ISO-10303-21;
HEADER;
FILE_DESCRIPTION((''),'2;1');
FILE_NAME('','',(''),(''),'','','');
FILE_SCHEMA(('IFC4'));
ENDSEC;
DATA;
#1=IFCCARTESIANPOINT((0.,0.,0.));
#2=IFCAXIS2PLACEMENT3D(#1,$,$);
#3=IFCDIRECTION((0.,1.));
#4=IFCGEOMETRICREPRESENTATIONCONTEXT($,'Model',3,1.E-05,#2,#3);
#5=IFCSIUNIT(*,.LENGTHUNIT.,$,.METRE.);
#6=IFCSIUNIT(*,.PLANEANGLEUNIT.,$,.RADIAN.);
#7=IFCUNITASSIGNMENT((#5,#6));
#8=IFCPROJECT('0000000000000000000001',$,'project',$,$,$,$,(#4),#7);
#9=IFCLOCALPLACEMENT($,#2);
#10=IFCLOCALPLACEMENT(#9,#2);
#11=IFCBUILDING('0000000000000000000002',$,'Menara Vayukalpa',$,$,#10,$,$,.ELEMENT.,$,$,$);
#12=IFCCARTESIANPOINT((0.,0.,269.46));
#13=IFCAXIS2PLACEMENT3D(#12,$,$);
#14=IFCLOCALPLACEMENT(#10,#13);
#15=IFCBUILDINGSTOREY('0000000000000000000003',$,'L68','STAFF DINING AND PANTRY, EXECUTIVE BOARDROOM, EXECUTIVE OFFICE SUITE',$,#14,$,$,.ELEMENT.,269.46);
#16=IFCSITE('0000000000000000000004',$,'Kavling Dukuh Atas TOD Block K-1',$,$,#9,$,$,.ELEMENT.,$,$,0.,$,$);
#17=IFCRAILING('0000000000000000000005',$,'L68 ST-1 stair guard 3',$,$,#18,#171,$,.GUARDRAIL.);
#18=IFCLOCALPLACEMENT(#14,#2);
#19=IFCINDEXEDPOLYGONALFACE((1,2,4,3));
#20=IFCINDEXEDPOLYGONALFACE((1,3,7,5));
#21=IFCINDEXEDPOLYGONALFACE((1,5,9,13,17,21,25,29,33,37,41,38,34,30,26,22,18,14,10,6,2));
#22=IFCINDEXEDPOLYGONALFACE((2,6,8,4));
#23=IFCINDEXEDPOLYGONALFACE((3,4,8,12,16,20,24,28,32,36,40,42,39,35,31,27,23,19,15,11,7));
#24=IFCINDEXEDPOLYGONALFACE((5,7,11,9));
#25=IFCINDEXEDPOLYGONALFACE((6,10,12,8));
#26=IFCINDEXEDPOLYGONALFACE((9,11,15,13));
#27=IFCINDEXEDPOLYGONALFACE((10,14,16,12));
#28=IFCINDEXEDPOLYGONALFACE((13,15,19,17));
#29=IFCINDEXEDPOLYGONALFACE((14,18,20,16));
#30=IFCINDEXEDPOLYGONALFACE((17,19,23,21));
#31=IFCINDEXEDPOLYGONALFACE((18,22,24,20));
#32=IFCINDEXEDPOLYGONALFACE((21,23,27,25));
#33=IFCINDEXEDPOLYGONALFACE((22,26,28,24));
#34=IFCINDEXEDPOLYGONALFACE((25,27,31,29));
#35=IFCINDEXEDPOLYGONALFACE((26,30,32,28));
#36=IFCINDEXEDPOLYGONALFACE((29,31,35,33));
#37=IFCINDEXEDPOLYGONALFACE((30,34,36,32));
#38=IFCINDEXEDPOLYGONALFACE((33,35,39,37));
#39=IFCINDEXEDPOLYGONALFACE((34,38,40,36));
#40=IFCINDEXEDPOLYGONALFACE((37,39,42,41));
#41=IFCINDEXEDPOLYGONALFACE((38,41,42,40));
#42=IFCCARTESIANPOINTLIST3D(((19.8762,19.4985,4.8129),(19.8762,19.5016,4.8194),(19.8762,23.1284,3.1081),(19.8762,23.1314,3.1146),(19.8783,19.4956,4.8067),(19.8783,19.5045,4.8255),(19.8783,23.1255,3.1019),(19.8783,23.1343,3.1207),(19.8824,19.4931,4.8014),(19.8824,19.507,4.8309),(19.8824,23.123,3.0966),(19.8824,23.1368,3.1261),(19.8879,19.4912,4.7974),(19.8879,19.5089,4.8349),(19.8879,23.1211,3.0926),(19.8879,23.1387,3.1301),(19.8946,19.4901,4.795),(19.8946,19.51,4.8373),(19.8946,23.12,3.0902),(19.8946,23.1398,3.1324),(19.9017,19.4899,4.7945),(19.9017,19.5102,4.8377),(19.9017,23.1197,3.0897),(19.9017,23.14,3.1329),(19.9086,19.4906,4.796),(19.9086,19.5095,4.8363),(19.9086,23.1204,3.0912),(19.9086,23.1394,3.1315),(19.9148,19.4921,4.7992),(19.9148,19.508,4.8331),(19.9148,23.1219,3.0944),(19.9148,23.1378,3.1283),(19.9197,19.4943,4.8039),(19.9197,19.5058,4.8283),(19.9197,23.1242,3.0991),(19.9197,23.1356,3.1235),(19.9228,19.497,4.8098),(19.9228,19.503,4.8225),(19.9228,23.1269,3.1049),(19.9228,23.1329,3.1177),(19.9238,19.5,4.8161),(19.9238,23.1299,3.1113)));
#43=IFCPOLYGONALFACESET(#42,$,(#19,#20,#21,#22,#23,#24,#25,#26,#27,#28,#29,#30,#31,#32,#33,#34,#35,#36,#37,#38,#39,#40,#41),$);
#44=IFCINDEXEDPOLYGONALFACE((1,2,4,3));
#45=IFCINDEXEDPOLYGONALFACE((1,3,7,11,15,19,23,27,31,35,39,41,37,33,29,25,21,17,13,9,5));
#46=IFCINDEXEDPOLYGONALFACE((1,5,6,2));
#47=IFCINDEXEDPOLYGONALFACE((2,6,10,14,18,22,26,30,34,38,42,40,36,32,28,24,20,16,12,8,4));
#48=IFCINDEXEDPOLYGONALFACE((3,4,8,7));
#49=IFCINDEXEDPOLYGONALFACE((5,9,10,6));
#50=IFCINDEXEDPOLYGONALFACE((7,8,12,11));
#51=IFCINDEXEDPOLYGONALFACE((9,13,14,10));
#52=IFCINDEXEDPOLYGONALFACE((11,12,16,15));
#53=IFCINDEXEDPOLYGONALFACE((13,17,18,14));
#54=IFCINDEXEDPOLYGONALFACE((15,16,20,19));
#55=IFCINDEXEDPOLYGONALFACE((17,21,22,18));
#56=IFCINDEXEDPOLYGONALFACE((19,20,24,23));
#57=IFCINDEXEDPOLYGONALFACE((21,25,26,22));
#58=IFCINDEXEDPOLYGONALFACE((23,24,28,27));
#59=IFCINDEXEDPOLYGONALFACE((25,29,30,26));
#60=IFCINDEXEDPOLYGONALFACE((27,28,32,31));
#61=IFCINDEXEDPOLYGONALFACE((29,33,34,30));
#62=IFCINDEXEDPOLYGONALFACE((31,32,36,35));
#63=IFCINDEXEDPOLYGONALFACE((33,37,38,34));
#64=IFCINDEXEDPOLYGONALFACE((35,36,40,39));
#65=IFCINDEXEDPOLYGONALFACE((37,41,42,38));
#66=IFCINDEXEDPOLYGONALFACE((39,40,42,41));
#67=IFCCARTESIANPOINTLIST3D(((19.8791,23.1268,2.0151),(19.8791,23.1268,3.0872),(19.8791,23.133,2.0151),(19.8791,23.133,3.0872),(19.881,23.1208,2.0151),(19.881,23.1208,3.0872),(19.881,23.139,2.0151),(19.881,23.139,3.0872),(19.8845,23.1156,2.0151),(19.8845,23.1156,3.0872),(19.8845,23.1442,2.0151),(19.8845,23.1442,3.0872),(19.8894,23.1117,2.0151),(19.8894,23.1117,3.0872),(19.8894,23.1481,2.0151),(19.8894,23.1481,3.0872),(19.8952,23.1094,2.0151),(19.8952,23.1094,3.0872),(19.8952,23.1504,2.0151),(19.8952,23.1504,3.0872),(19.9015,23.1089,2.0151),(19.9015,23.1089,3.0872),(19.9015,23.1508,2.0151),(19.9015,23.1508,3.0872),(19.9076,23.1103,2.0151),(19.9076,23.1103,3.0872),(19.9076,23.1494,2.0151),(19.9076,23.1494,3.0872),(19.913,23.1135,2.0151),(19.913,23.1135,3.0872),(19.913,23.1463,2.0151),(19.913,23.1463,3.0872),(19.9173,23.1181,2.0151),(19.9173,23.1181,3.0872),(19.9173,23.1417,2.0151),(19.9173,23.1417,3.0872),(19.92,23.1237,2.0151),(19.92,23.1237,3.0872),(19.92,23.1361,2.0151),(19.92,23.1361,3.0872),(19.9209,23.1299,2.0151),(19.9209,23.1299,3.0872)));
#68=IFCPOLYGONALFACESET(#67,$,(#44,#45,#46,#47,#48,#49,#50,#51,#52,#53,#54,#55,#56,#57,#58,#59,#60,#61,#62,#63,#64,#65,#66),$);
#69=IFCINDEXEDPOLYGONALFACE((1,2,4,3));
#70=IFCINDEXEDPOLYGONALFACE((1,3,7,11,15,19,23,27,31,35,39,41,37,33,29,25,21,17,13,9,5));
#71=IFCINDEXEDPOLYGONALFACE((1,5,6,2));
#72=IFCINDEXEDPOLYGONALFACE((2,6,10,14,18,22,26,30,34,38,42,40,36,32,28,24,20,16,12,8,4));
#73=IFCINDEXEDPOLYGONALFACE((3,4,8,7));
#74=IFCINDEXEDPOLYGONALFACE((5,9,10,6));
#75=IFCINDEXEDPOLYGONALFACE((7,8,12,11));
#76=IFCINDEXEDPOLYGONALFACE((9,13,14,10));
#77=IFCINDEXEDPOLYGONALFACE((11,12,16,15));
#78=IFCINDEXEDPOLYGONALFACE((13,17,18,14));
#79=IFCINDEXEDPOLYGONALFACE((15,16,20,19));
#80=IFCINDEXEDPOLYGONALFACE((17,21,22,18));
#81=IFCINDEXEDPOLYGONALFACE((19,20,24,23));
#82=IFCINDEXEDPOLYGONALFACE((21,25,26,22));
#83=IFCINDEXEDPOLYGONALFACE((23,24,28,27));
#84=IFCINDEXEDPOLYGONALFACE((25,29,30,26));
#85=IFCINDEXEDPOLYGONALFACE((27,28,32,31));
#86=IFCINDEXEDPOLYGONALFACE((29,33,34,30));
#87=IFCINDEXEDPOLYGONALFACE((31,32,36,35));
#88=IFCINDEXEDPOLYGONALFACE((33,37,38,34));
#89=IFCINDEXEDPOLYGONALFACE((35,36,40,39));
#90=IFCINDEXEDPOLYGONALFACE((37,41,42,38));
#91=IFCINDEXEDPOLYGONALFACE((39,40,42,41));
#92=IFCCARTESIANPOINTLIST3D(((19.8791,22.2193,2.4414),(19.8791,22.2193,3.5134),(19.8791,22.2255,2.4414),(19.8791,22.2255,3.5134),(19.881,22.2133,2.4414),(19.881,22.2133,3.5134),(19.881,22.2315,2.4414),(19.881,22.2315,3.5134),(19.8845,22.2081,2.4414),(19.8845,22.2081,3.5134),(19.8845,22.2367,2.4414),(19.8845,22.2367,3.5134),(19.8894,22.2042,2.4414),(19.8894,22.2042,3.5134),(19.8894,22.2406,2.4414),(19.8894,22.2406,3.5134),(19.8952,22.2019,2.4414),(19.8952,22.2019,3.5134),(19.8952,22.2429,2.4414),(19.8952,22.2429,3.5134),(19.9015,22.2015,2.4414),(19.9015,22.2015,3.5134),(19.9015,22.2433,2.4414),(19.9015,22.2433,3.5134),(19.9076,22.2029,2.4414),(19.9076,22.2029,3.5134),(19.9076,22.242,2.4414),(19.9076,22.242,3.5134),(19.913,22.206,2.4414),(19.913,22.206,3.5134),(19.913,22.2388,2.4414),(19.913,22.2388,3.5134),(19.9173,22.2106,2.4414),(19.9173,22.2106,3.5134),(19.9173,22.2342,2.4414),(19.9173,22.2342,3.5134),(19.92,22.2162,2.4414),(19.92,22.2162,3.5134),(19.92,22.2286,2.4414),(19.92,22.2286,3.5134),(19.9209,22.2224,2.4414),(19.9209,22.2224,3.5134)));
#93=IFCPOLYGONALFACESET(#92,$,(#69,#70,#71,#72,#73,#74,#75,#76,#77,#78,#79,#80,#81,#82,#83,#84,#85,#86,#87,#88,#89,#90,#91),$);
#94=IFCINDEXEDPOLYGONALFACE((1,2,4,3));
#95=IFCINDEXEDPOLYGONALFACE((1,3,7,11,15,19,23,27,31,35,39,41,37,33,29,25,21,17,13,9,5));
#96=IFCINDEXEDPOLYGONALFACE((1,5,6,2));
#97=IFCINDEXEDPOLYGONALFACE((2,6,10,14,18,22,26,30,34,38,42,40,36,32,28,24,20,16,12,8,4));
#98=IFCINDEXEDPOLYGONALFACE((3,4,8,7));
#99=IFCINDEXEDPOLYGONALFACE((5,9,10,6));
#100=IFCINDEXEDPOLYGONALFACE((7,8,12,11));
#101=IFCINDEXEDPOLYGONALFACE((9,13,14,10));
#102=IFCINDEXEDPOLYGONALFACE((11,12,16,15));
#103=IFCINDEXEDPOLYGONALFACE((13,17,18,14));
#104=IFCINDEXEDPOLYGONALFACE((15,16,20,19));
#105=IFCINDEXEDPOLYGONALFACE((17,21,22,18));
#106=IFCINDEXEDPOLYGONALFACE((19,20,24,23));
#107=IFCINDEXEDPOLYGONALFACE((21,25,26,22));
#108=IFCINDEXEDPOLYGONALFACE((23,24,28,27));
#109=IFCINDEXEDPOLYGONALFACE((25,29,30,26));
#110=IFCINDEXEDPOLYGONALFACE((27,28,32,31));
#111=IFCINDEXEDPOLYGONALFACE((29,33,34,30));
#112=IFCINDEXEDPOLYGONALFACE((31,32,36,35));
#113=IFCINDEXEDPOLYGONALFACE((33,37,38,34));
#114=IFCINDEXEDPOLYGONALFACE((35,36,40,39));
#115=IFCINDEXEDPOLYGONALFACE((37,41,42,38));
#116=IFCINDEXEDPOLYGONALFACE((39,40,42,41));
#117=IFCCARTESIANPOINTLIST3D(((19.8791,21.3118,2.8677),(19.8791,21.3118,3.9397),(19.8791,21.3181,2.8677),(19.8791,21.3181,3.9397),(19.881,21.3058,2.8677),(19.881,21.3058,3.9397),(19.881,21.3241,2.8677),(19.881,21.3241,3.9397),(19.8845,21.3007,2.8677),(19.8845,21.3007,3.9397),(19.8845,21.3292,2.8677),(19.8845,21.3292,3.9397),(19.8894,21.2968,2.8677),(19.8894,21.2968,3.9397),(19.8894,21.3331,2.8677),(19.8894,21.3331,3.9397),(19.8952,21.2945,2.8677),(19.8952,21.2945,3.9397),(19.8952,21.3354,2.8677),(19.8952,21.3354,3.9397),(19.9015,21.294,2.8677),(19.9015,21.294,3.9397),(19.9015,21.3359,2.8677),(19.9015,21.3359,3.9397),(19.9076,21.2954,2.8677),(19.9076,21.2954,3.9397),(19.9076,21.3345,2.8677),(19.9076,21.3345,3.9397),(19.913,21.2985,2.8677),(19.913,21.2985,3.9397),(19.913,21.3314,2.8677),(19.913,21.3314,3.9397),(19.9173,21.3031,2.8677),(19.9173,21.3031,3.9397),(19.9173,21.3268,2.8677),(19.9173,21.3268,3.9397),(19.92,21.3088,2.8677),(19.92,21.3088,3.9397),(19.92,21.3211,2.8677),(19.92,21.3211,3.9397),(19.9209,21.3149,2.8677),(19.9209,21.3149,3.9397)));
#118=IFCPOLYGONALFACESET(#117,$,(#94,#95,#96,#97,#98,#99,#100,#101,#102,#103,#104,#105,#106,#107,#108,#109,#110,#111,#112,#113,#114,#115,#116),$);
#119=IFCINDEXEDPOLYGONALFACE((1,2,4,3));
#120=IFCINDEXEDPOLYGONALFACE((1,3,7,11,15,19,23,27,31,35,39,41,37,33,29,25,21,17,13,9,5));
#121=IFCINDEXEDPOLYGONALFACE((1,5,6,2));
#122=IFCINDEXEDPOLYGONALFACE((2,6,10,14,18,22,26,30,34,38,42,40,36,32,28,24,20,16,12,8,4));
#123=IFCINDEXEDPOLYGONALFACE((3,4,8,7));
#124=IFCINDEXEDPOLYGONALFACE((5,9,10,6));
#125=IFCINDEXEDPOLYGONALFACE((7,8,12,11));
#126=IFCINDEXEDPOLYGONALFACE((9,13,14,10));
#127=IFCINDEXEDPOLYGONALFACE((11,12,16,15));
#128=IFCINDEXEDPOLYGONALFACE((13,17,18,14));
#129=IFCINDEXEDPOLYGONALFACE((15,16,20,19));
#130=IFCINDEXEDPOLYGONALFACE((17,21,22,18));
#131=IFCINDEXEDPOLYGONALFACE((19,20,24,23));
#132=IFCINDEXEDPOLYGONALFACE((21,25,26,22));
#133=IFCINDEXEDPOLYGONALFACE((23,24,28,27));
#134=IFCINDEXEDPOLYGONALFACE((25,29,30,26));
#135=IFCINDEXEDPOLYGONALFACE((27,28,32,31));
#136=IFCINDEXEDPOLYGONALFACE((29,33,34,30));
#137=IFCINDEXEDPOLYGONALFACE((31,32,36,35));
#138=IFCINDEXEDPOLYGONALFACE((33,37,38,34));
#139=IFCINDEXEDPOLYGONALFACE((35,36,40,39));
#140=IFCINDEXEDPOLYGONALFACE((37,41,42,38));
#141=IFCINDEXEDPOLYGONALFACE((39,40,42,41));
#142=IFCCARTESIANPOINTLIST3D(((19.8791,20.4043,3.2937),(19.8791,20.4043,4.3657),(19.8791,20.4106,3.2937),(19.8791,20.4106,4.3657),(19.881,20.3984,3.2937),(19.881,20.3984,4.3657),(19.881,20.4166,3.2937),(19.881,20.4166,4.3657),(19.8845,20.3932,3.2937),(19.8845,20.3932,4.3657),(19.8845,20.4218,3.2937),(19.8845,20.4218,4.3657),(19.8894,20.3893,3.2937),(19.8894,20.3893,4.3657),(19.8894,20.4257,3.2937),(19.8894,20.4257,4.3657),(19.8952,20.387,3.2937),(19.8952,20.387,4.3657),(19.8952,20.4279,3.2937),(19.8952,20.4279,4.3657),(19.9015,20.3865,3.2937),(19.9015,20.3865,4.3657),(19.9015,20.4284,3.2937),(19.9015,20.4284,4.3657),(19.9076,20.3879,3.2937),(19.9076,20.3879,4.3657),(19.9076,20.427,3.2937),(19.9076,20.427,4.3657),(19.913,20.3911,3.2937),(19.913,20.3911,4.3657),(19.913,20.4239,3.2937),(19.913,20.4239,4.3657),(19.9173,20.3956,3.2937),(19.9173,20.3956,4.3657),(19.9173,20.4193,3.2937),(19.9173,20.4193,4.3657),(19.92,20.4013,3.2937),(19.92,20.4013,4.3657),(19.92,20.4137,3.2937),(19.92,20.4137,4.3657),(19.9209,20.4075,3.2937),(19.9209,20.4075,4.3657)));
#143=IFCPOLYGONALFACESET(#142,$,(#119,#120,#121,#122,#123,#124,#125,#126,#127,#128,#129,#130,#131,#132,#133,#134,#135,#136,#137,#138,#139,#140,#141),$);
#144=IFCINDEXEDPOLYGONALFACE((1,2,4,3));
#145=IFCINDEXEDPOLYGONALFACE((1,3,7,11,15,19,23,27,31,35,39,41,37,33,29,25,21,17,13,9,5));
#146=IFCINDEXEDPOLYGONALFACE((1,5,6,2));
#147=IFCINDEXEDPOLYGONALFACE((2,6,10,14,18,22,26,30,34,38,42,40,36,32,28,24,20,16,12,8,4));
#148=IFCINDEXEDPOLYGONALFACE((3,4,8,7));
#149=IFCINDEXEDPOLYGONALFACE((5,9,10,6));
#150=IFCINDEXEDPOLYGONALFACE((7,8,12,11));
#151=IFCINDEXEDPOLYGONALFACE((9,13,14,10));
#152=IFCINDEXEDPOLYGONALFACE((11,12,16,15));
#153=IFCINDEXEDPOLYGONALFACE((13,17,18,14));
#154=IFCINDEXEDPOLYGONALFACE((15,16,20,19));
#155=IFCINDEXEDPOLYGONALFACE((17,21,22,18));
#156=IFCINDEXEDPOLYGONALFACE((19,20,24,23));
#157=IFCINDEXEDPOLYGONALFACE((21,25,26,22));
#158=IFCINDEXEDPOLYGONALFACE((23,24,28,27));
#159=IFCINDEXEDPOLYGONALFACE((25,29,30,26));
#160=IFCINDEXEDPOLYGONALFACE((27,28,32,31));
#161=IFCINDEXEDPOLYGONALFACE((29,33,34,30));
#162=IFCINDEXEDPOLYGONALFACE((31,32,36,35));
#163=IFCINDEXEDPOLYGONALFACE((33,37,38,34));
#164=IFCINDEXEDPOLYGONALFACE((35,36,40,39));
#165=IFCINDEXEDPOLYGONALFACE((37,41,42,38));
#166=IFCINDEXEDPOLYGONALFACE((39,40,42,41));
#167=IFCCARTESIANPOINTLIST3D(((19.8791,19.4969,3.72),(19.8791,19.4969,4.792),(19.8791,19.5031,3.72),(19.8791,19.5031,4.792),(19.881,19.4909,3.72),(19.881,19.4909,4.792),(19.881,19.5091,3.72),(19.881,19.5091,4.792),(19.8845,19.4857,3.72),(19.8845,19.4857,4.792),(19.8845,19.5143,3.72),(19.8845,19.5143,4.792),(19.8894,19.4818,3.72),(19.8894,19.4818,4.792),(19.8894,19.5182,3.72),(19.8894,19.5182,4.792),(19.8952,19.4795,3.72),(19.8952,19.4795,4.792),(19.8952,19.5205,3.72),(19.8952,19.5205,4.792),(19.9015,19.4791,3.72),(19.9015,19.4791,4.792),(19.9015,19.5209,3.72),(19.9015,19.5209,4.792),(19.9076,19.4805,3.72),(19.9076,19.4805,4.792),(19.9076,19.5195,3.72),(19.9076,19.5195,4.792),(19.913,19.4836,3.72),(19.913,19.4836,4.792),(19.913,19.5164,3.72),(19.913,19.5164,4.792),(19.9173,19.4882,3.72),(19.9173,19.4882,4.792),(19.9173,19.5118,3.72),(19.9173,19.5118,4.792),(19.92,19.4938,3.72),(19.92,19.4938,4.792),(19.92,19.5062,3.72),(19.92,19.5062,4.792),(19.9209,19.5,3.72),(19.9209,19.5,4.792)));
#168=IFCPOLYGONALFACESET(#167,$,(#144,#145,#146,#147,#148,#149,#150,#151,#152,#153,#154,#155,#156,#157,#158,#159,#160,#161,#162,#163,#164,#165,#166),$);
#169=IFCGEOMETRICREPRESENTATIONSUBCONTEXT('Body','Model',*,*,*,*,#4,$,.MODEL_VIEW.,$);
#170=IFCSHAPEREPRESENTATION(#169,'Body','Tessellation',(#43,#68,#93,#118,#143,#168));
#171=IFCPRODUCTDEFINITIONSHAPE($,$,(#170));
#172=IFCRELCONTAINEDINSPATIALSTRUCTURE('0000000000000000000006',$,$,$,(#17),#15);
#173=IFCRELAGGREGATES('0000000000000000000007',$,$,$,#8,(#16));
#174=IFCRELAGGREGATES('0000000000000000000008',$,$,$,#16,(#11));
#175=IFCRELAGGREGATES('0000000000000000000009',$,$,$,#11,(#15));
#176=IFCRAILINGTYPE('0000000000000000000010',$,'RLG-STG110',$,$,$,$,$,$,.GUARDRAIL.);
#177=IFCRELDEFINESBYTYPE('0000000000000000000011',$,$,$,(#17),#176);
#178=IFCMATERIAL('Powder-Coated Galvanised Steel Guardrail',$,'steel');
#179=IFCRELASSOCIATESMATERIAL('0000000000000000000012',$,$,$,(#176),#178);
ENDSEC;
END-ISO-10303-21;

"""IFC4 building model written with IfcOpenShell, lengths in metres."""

from ifc_helpers import new_model, si_unit, direction, frame, origin, origin_2d, place, context, subcontext, project, spatial, circle, extrude, material, type_object, element, save


model = new_model("IFC4")

# Units and contexts
model_context = context("Model", 3, precision=1e-05, world=origin(), true_north=direction((0.0, 1.0)))
body_context = subcontext(model_context, "Body", "Model", "MODEL_VIEW")
ifc_project = project(units=[si_unit("LENGTHUNIT", "METRE"), si_unit("PLANEANGLEUNIT", "RADIAN")], contexts=[model_context])

# Site, building, storey
site_placement = place(None, origin())
site = spatial("IfcSite", under=ifc_project, at=site_placement, Name="Kavling Dukuh Atas TOD Block K-1", CompositionType="ELEMENT", RefElevation=0.0)
building_placement = place(site_placement, origin())
building = spatial("IfcBuilding", under=site, at=building_placement, Name="Menara Vayukalpa", CompositionType="ELEMENT")
storey_placement = place(building_placement, frame((0.0, 0.0, 269.46)))
storey = spatial("IfcBuildingStorey", under=building, at=storey_placement, Name="L68", Description="STAFF DINING AND PANTRY, EXECUTIVE BOARDROOM, EXECUTIVE OFFICE SUITE", CompositionType="ELEMENT", Elevation=269.46)

# Railing
ifc_material_1 = material(Name="Powder-Coated Galvanised Steel Guardrail", Category="steel")
railing_type_1 = type_object("IfcRailingType", Name="RLG-STG110", PredefinedType="GUARDRAIL", material=ifc_material_1)
railing_1_placement = place(storey_placement, frame((19.8999, 23.1299, 2.0151)))
element("IfcRailing", 1, at=railing_1_placement, inside=storey, type_object=railing_type_1, Name="L68 ST-1 stair guard 3", PredefinedType="GUARDRAIL", context=body_context, shape_type="SweptSolid", body=[
    extrude(circle(Radius=0.0239, at=origin_2d()), frame((0.0, 0.0, 1.0962), z_axis=(0.0, -0.90514, 0.425114), x_axis=(1.0, 0.0, 0.0)), (0.0, 0.0, 1.0), 4.0103),
    extrude(circle(Radius=0.021, at=origin_2d()), origin(), (0.0, 0.0, 1.0), 1.072),
    extrude(circle(Radius=0.021, at=origin_2d()), frame((0.0, -0.9075, 0.4263)), (0.0, 0.0, 1.0), 1.072),
    extrude(circle(Radius=0.021, at=origin_2d()), frame((0.0, -1.8149, 0.8525)), (0.0, 0.0, 1.0), 1.072),
    extrude(circle(Radius=0.021, at=origin_2d()), frame((0.0, -2.7224, 1.2786)), (0.0, 0.0, 1.0), 1.072),
    extrude(circle(Radius=0.021, at=origin_2d()), frame((0.0, -3.6299, 1.7048)), (0.0, 0.0, 1.0), 1.072),
])

save(model, "model.ifc")
